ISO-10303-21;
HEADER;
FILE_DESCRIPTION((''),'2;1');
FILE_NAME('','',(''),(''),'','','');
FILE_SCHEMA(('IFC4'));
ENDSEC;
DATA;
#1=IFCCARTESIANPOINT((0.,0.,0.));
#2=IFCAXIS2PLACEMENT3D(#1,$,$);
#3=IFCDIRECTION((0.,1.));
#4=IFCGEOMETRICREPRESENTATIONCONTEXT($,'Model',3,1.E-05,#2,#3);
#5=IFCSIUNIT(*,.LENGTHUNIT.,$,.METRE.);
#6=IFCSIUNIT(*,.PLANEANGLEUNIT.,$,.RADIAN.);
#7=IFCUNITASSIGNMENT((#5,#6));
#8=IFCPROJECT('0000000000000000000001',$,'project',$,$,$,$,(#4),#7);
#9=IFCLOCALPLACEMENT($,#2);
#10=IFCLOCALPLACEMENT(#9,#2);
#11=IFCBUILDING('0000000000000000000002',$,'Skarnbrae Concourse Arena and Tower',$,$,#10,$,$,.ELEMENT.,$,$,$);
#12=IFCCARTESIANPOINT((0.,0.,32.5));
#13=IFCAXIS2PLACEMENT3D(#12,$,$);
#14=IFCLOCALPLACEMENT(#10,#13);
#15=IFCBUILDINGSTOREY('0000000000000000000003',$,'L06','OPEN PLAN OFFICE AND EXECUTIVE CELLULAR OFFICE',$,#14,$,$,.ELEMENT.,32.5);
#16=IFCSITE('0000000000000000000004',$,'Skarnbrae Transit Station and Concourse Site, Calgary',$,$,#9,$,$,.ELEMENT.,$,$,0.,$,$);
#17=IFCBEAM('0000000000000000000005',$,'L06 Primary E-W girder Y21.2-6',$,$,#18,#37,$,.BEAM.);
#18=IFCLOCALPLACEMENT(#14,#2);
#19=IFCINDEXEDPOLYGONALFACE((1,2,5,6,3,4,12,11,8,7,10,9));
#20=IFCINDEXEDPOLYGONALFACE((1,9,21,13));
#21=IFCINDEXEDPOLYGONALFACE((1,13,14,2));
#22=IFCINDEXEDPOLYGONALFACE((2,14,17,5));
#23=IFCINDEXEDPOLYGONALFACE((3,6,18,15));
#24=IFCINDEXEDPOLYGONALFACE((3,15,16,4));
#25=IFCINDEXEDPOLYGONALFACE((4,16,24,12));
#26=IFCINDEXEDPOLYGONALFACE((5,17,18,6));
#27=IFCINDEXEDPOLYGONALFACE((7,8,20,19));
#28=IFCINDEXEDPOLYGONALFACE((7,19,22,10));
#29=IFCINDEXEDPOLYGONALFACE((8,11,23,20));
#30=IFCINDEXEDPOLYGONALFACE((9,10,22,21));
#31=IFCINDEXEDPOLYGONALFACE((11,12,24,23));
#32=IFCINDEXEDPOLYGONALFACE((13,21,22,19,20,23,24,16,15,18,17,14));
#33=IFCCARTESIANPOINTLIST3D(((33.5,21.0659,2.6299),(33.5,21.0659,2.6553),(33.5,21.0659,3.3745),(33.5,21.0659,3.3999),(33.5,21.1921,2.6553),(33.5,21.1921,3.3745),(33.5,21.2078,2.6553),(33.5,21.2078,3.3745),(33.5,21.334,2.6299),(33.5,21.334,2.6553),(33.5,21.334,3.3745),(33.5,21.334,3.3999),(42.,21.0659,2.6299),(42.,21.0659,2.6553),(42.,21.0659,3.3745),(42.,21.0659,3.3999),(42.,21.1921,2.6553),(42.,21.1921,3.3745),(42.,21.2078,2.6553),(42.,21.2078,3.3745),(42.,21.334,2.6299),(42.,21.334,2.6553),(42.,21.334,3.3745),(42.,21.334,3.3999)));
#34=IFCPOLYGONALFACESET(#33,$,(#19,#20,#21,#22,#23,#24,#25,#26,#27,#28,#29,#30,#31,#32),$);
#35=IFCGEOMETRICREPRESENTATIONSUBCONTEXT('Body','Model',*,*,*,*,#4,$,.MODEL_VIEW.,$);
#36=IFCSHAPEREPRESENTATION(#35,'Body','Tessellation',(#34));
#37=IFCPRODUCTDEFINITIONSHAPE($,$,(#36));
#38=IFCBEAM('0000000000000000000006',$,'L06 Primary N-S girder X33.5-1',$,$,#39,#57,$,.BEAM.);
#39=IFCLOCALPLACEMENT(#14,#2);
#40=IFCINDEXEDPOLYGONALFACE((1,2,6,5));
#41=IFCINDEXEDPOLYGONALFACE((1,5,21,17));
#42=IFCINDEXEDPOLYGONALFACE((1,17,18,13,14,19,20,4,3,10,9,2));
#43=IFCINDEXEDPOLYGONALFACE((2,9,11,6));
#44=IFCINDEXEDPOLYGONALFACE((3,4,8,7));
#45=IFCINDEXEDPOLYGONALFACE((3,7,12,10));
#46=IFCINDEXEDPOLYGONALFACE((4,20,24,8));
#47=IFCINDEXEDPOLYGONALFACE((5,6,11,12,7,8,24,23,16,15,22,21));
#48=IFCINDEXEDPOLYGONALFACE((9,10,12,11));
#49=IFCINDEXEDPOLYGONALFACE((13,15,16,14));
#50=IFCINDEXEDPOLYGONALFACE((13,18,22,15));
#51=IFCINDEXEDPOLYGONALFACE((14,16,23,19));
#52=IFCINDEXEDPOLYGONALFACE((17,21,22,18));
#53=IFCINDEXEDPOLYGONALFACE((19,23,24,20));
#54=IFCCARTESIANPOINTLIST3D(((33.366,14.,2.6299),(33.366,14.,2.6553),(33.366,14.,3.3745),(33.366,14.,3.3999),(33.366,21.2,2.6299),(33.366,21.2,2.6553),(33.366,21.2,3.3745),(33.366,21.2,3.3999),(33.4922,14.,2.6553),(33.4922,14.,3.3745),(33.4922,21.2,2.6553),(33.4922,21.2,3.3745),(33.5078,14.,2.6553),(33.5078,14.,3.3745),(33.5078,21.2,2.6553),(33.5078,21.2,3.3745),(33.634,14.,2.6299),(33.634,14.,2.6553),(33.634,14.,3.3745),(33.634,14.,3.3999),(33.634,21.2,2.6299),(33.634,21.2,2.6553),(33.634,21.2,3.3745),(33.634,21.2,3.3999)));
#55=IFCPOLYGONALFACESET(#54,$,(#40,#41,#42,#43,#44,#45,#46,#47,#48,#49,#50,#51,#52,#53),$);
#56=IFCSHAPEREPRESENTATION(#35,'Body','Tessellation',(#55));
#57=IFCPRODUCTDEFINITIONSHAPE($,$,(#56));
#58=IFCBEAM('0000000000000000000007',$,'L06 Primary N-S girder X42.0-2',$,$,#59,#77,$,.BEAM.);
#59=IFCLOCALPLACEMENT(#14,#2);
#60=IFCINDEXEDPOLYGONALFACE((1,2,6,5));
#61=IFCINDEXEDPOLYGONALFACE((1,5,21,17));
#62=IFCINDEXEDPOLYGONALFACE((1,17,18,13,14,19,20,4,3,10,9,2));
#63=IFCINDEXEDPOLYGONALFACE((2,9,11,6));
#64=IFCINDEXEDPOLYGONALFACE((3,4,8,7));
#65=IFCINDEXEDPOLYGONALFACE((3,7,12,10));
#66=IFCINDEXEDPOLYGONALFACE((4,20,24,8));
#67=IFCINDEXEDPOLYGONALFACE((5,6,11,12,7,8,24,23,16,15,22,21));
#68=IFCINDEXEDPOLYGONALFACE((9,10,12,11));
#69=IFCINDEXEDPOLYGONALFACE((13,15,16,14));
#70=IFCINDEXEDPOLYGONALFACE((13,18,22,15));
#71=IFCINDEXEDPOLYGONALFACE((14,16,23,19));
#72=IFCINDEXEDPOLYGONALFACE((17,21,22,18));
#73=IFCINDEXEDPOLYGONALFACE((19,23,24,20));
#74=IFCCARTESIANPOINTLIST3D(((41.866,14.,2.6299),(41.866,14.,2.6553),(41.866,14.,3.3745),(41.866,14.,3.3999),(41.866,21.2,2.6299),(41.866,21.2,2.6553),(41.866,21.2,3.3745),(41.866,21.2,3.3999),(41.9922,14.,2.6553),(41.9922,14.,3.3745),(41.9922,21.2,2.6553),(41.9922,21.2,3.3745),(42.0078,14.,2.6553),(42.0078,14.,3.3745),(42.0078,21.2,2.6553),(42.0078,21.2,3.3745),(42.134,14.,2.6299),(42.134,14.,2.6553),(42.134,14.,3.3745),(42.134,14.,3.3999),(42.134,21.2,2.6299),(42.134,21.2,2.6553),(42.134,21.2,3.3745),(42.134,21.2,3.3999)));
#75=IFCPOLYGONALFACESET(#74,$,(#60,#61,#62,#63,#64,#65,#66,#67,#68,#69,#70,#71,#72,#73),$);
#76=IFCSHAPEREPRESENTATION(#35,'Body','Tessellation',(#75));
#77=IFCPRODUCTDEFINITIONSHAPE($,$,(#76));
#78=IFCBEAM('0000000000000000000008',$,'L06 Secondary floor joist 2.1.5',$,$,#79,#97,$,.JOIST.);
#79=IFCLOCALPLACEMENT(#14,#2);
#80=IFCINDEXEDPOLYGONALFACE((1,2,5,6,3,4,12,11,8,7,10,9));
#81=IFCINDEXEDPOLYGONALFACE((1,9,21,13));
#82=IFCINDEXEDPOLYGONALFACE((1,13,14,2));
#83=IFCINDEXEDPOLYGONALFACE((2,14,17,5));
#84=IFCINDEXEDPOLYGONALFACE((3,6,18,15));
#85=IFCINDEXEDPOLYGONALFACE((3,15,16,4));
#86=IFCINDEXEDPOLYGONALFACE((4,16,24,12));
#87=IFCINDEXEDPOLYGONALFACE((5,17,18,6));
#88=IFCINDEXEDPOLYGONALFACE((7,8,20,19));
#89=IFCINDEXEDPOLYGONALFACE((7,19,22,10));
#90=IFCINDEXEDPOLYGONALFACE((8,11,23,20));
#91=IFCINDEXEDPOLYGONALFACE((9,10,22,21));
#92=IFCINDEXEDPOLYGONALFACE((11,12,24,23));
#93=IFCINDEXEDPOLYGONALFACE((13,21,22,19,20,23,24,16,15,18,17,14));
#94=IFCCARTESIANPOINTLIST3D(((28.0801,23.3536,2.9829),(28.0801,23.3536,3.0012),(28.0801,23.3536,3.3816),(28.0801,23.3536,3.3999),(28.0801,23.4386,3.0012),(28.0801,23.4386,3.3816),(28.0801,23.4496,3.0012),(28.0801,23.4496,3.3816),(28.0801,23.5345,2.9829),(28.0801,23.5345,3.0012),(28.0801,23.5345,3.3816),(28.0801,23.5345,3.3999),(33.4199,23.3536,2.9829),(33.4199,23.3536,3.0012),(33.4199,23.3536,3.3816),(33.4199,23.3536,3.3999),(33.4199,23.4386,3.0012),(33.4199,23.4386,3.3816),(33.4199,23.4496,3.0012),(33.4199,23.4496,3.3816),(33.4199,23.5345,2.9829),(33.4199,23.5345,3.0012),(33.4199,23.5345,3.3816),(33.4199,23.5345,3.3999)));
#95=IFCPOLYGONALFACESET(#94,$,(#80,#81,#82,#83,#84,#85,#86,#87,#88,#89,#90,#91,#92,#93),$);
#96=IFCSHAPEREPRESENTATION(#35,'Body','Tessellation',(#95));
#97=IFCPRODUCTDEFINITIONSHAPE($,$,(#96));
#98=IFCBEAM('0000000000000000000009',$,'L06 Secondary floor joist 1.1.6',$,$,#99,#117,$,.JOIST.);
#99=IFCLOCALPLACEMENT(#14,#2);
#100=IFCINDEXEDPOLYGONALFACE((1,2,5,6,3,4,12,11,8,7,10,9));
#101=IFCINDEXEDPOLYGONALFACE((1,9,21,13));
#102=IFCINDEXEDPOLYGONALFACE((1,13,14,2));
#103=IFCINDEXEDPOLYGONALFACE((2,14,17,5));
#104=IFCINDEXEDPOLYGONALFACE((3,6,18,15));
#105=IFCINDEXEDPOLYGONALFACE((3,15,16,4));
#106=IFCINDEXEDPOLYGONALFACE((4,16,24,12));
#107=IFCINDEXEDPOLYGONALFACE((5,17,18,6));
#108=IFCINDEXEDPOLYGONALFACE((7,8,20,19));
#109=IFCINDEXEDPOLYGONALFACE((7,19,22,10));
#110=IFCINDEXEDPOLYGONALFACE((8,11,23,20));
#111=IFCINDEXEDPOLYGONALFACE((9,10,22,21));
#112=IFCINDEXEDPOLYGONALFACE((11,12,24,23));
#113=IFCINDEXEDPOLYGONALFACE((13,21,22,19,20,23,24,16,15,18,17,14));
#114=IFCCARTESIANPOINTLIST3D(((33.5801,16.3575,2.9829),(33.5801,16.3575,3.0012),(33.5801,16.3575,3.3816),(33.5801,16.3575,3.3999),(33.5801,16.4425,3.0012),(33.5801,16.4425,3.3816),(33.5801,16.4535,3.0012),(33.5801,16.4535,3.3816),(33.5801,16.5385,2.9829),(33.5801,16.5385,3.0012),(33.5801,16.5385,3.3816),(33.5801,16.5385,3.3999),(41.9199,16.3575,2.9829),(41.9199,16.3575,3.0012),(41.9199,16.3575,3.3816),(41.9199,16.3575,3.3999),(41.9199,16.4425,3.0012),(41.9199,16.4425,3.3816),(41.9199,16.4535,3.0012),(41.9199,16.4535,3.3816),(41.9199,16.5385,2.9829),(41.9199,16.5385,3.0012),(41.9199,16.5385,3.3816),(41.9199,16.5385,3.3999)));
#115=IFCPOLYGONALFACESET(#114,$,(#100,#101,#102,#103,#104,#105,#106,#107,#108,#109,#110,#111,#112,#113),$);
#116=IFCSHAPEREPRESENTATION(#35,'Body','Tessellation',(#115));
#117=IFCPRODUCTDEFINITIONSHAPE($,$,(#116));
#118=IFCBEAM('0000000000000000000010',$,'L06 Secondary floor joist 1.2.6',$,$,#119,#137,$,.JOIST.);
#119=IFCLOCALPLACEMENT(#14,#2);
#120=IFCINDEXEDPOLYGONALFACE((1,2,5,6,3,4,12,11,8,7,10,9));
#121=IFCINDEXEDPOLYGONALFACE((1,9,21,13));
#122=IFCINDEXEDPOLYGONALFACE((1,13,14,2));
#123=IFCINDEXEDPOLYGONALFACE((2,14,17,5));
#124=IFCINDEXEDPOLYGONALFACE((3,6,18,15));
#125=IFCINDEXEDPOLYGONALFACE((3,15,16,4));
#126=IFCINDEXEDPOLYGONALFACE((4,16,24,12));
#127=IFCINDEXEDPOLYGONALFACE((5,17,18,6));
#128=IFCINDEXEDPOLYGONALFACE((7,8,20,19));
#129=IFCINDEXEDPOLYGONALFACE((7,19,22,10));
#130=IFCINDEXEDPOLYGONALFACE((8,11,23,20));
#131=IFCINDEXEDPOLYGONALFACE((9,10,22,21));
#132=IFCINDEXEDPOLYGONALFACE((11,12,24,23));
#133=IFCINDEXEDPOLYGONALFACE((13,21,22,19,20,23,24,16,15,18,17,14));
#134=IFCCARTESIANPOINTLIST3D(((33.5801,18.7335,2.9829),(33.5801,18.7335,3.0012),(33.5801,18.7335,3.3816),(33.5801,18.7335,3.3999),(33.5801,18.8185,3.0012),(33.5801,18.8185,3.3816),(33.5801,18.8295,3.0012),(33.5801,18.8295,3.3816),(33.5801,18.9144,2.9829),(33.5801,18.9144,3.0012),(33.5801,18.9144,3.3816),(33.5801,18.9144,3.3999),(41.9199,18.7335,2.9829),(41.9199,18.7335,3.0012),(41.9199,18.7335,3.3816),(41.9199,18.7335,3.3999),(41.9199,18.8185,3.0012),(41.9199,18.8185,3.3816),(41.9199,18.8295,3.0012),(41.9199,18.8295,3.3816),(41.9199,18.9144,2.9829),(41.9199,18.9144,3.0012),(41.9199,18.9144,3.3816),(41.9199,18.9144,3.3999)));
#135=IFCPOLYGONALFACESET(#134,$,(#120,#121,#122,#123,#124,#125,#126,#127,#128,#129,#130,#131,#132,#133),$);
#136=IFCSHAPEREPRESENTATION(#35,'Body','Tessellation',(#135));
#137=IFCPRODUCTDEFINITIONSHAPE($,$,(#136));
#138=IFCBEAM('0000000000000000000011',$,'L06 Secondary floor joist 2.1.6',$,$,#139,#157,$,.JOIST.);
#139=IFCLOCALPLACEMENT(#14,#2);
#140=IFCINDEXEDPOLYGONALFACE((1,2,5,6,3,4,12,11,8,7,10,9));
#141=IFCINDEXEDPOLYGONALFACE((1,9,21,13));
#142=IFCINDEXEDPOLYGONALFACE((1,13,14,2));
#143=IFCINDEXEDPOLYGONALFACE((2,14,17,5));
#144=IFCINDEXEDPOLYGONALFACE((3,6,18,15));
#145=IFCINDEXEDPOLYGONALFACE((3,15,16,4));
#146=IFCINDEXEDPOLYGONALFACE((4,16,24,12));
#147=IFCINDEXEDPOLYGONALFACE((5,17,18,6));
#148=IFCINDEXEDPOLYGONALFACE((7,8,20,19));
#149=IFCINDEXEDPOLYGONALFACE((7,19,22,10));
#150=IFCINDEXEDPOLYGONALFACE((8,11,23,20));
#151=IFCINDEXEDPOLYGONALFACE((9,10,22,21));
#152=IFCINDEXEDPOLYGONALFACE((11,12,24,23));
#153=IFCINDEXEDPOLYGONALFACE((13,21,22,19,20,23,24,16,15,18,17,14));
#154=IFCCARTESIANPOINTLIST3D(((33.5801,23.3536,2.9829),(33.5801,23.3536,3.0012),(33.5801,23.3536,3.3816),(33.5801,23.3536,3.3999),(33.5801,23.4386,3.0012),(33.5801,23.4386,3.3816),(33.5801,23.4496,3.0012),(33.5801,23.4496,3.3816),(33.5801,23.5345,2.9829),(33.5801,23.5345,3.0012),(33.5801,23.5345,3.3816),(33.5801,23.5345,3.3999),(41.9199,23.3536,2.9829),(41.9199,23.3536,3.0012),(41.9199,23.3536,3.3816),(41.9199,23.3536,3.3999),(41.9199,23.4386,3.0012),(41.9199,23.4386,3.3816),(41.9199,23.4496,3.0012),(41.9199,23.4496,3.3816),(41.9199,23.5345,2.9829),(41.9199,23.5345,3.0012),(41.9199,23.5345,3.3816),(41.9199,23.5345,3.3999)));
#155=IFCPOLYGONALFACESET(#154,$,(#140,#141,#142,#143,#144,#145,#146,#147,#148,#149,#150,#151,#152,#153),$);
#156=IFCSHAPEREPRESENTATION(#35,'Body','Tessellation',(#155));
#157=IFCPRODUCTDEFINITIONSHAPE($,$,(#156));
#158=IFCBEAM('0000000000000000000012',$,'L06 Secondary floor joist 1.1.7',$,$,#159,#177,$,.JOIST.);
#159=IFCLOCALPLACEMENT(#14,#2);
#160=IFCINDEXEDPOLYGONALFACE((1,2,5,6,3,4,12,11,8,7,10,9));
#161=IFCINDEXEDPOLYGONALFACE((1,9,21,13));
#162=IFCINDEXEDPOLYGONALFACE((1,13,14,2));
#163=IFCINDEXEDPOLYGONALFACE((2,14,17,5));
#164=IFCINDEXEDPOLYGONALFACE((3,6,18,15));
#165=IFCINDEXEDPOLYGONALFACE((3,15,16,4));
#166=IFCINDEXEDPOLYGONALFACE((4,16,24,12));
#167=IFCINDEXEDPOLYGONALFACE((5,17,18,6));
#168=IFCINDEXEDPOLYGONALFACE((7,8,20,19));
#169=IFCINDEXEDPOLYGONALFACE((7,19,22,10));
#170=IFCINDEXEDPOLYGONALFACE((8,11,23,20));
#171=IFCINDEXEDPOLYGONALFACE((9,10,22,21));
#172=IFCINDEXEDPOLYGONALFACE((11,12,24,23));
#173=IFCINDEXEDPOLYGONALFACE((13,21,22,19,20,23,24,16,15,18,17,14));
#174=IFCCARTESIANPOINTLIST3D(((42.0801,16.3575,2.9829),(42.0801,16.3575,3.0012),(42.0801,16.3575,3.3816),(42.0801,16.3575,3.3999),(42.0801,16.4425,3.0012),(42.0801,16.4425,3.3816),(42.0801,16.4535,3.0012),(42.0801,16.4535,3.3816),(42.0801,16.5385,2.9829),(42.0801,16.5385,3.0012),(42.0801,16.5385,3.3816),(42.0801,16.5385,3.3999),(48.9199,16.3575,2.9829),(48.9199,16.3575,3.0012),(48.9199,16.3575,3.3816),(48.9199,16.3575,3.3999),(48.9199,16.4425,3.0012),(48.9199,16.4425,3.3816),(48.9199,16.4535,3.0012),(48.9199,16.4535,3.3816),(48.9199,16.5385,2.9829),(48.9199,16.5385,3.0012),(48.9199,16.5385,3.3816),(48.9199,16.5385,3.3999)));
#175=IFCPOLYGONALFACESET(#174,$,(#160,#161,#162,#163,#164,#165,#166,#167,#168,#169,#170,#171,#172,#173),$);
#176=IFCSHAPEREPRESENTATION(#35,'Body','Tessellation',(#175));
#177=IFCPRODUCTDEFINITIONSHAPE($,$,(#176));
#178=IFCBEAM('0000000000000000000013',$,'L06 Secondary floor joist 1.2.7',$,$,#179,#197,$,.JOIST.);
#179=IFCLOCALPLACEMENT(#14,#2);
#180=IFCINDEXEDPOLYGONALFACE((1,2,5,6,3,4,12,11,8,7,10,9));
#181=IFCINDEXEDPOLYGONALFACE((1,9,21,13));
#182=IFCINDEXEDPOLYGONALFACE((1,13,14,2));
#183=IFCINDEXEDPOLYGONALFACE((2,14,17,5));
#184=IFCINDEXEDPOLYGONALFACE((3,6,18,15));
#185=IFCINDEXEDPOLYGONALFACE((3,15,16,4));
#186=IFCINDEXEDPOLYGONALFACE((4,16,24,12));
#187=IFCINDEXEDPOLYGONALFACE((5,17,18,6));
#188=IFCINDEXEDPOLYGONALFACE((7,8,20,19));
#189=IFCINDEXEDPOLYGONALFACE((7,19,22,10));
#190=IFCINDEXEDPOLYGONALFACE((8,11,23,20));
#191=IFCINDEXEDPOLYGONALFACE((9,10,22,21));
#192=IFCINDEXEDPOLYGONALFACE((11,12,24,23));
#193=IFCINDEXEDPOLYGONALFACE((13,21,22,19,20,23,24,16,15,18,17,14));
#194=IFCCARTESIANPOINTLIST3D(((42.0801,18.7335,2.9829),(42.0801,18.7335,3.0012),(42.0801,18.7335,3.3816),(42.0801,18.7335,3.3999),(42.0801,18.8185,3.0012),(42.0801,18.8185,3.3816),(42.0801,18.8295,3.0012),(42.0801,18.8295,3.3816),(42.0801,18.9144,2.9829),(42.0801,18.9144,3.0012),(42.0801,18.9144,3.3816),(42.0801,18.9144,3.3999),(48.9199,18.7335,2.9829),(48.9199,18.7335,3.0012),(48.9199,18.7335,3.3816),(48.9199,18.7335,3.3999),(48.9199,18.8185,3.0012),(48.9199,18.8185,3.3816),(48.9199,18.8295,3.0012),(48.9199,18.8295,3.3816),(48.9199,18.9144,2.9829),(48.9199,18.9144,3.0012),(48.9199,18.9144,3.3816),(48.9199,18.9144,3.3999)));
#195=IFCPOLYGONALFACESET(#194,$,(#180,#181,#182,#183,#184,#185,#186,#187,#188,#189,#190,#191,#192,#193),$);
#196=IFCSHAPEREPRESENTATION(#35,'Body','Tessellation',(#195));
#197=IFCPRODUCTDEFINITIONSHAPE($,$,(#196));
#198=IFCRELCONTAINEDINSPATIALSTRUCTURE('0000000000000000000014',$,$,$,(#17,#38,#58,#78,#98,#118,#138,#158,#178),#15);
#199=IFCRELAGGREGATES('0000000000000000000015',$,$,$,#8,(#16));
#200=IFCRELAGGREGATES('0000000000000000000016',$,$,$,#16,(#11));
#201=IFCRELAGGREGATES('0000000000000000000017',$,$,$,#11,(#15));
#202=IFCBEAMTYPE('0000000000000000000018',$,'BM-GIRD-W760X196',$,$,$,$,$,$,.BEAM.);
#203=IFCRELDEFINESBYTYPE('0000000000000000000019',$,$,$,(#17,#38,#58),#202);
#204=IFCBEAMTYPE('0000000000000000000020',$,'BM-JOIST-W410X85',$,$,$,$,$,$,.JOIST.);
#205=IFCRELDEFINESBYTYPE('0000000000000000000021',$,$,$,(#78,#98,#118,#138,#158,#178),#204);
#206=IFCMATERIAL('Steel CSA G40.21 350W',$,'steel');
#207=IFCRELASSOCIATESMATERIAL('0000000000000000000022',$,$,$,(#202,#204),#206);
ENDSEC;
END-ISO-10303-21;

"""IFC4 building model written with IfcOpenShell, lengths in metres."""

from ifc_helpers import new_model, si_unit, direction, frame, origin, origin_2d, place, context, subcontext, project, spatial, i_section, extrude, source, transform, mapped, material, material_profile, profile_set, type_object, element, save


model = new_model("IFC4")

# Units and contexts
model_context = context("Model", 3, precision=1e-05, world=origin(), true_north=direction((0.0, 1.0)))
body_context = subcontext(model_context, "Body", "Model", "MODEL_VIEW")
ifc_project = project(units=[si_unit("LENGTHUNIT", "METRE"), si_unit("PLANEANGLEUNIT", "RADIAN")], contexts=[model_context])

# Site, building, storey
site_placement = place(None, origin())
site = spatial("IfcSite", under=ifc_project, at=site_placement, Name="Skarnbrae Transit Station and Concourse Site, Calgary", CompositionType="ELEMENT", RefElevation=0.0)
building_placement = place(site_placement, origin())
building = spatial("IfcBuilding", under=site, at=building_placement, Name="Skarnbrae Concourse Arena and Tower", CompositionType="ELEMENT")
storey_placement = place(building_placement, frame((0.0, 0.0, 32.5)))
storey = spatial("IfcBuildingStorey", under=building, at=storey_placement, Name="L06", Description="OPEN PLAN OFFICE AND EXECUTIVE CELLULAR OFFICE", CompositionType="ELEMENT", Elevation=32.5)

# Shared definitions
ifc_material_1 = material(Name="Steel CSA G40.21 350W", Category="steel")

# Beams
ifc_material_profile_1 = material_profile(ifc_material_1, i_section(OverallWidth=0.2681, OverallDepth=0.77, WebThickness=0.0156, FlangeThickness=0.0254, at=origin_2d()), Name="W760X196")
ifc_profile_set_1 = profile_set([ifc_material_profile_1], Name="Steel CSA G40.21 350W")
beam_type_1 = type_object("IfcBeamType", Name="BM-GIRD-W760X196", PredefinedType="BEAM", material=ifc_profile_set_1)
shared_shape_1 = source(origin(), body_context, "Body", "SweptSolid", [
    extrude(i_section(OverallWidth=0.2681, OverallDepth=0.77, WebThickness=0.0156, FlangeThickness=0.0254, at=origin_2d()), origin(), (0.0, 0.0, 1.0), 8.5),
])
for number, where, z_axis, x_axis, name in (
    (1, (33.5, 21.2, 3.0149), (1.0, 0.0, 0.0), (0.0, 1.0, 0.0), "L06 Primary E-W girder Y21.2-6"),
):
    element("IfcBeam", number, at=place(storey_placement, frame(where, z_axis=z_axis, x_axis=x_axis)), inside=storey, type_object=beam_type_1, Name=name, PredefinedType="BEAM", context=body_context, shape_type="MappedRepresentation", body=[
        mapped(shared_shape_1, transform((0.0, 0.0, 0.0))),
    ])
shared_shape_2 = source(origin(), body_context, "Body", "SweptSolid", [
    extrude(i_section(OverallWidth=0.2681, OverallDepth=0.77, WebThickness=0.0156, FlangeThickness=0.0254, at=origin_2d()), origin(), (0.0, 0.0, 1.0), 7.2),
])
for number, where, z_axis, x_axis, name in (
    (2, (33.5, 14.0, 3.0149), (0.0, 1.0, 0.0), (-1.0, 0.0, 0.0), "L06 Primary N-S girder X33.5-1"),
    (3, (42.0, 14.0, 3.0149), (0.0, 1.0, 0.0), (-1.0, 0.0, 0.0), "L06 Primary N-S girder X42.0-2"),
):
    element("IfcBeam", number, at=place(storey_placement, frame(where, z_axis=z_axis, x_axis=x_axis)), inside=storey, type_object=beam_type_1, Name=name, PredefinedType="BEAM", context=body_context, shape_type="MappedRepresentation", body=[
        mapped(shared_shape_2, transform((0.0, 0.0, 0.0))),
    ])
ifc_material_profile_2 = material_profile(ifc_material_1, i_section(OverallWidth=0.1809, OverallDepth=0.417, WebThickness=0.011, FlangeThickness=0.0183, at=origin_2d()), Name="W410X85")
ifc_profile_set_2 = profile_set([ifc_material_profile_2], Name="Steel CSA G40.21 350W")
beam_type_2 = type_object("IfcBeamType", Name="BM-JOIST-W410X85", PredefinedType="JOIST", material=ifc_profile_set_2)
shared_shape_3 = source(origin(), body_context, "Body", "SweptSolid", [
    extrude(i_section(OverallWidth=0.1809, OverallDepth=0.417, WebThickness=0.011, FlangeThickness=0.0183, at=origin_2d()), origin(), (0.0, 0.0, 1.0), 5.3398),
])
beam_placement = place(storey_placement, frame((28.0801, 23.4441, 3.1914), z_axis=(1.0, 0.0, 0.0), x_axis=(0.0, 1.0, 0.0)))
element("IfcBeam", 4, at=beam_placement, inside=storey, type_object=beam_type_2, Name="L06 Secondary floor joist 2.1.5", PredefinedType="JOIST", context=body_context, shape_type="MappedRepresentation", body=[
    mapped(shared_shape_3, transform((0.0, 0.0, 0.0))),
])
shared_shape_4 = source(origin(), body_context, "Body", "SweptSolid", [
    extrude(i_section(OverallWidth=0.1809, OverallDepth=0.417, WebThickness=0.011, FlangeThickness=0.0183, at=origin_2d()), origin(), (0.0, 0.0, 1.0), 8.3398),
])
for number, where, z_axis, x_axis, name in (
    (5, (33.5801, 16.448, 3.1914), (1.0, 0.0, 0.0), (0.0, 1.0, 0.0), "L06 Secondary floor joist 1.1.6"),
    (6, (33.5801, 18.824, 3.1914), (1.0, 0.0, 0.0), (0.0, 1.0, 0.0), "L06 Secondary floor joist 1.2.6"),
    (7, (33.5801, 23.4441, 3.1914), (1.0, 0.0, 0.0), (0.0, 1.0, 0.0), "L06 Secondary floor joist 2.1.6"),
):
    element("IfcBeam", number, at=place(storey_placement, frame(where, z_axis=z_axis, x_axis=x_axis)), inside=storey, type_object=beam_type_2, Name=name, PredefinedType="JOIST", context=body_context, shape_type="MappedRepresentation", body=[
        mapped(shared_shape_4, transform((0.0, 0.0, 0.0))),
    ])
shared_shape_5 = source(origin(), body_context, "Body", "SweptSolid", [
    extrude(i_section(OverallWidth=0.1809, OverallDepth=0.417, WebThickness=0.011, FlangeThickness=0.0183, at=origin_2d()), origin(), (0.0, 0.0, 1.0), 6.8398),
])
for number, where, z_axis, x_axis, name in (
    (8, (42.0801, 16.448, 3.1914), (1.0, 0.0, 0.0), (0.0, 1.0, 0.0), "L06 Secondary floor joist 1.1.7"),
    (9, (42.0801, 18.824, 3.1914), (1.0, 0.0, 0.0), (0.0, 1.0, 0.0), "L06 Secondary floor joist 1.2.7"),
):
    element("IfcBeam", number, at=place(storey_placement, frame(where, z_axis=z_axis, x_axis=x_axis)), inside=storey, type_object=beam_type_2, Name=name, PredefinedType="JOIST", context=body_context, shape_type="MappedRepresentation", body=[
        mapped(shared_shape_5, transform((0.0, 0.0, 0.0))),
    ])

save(model, "model.ifc")
